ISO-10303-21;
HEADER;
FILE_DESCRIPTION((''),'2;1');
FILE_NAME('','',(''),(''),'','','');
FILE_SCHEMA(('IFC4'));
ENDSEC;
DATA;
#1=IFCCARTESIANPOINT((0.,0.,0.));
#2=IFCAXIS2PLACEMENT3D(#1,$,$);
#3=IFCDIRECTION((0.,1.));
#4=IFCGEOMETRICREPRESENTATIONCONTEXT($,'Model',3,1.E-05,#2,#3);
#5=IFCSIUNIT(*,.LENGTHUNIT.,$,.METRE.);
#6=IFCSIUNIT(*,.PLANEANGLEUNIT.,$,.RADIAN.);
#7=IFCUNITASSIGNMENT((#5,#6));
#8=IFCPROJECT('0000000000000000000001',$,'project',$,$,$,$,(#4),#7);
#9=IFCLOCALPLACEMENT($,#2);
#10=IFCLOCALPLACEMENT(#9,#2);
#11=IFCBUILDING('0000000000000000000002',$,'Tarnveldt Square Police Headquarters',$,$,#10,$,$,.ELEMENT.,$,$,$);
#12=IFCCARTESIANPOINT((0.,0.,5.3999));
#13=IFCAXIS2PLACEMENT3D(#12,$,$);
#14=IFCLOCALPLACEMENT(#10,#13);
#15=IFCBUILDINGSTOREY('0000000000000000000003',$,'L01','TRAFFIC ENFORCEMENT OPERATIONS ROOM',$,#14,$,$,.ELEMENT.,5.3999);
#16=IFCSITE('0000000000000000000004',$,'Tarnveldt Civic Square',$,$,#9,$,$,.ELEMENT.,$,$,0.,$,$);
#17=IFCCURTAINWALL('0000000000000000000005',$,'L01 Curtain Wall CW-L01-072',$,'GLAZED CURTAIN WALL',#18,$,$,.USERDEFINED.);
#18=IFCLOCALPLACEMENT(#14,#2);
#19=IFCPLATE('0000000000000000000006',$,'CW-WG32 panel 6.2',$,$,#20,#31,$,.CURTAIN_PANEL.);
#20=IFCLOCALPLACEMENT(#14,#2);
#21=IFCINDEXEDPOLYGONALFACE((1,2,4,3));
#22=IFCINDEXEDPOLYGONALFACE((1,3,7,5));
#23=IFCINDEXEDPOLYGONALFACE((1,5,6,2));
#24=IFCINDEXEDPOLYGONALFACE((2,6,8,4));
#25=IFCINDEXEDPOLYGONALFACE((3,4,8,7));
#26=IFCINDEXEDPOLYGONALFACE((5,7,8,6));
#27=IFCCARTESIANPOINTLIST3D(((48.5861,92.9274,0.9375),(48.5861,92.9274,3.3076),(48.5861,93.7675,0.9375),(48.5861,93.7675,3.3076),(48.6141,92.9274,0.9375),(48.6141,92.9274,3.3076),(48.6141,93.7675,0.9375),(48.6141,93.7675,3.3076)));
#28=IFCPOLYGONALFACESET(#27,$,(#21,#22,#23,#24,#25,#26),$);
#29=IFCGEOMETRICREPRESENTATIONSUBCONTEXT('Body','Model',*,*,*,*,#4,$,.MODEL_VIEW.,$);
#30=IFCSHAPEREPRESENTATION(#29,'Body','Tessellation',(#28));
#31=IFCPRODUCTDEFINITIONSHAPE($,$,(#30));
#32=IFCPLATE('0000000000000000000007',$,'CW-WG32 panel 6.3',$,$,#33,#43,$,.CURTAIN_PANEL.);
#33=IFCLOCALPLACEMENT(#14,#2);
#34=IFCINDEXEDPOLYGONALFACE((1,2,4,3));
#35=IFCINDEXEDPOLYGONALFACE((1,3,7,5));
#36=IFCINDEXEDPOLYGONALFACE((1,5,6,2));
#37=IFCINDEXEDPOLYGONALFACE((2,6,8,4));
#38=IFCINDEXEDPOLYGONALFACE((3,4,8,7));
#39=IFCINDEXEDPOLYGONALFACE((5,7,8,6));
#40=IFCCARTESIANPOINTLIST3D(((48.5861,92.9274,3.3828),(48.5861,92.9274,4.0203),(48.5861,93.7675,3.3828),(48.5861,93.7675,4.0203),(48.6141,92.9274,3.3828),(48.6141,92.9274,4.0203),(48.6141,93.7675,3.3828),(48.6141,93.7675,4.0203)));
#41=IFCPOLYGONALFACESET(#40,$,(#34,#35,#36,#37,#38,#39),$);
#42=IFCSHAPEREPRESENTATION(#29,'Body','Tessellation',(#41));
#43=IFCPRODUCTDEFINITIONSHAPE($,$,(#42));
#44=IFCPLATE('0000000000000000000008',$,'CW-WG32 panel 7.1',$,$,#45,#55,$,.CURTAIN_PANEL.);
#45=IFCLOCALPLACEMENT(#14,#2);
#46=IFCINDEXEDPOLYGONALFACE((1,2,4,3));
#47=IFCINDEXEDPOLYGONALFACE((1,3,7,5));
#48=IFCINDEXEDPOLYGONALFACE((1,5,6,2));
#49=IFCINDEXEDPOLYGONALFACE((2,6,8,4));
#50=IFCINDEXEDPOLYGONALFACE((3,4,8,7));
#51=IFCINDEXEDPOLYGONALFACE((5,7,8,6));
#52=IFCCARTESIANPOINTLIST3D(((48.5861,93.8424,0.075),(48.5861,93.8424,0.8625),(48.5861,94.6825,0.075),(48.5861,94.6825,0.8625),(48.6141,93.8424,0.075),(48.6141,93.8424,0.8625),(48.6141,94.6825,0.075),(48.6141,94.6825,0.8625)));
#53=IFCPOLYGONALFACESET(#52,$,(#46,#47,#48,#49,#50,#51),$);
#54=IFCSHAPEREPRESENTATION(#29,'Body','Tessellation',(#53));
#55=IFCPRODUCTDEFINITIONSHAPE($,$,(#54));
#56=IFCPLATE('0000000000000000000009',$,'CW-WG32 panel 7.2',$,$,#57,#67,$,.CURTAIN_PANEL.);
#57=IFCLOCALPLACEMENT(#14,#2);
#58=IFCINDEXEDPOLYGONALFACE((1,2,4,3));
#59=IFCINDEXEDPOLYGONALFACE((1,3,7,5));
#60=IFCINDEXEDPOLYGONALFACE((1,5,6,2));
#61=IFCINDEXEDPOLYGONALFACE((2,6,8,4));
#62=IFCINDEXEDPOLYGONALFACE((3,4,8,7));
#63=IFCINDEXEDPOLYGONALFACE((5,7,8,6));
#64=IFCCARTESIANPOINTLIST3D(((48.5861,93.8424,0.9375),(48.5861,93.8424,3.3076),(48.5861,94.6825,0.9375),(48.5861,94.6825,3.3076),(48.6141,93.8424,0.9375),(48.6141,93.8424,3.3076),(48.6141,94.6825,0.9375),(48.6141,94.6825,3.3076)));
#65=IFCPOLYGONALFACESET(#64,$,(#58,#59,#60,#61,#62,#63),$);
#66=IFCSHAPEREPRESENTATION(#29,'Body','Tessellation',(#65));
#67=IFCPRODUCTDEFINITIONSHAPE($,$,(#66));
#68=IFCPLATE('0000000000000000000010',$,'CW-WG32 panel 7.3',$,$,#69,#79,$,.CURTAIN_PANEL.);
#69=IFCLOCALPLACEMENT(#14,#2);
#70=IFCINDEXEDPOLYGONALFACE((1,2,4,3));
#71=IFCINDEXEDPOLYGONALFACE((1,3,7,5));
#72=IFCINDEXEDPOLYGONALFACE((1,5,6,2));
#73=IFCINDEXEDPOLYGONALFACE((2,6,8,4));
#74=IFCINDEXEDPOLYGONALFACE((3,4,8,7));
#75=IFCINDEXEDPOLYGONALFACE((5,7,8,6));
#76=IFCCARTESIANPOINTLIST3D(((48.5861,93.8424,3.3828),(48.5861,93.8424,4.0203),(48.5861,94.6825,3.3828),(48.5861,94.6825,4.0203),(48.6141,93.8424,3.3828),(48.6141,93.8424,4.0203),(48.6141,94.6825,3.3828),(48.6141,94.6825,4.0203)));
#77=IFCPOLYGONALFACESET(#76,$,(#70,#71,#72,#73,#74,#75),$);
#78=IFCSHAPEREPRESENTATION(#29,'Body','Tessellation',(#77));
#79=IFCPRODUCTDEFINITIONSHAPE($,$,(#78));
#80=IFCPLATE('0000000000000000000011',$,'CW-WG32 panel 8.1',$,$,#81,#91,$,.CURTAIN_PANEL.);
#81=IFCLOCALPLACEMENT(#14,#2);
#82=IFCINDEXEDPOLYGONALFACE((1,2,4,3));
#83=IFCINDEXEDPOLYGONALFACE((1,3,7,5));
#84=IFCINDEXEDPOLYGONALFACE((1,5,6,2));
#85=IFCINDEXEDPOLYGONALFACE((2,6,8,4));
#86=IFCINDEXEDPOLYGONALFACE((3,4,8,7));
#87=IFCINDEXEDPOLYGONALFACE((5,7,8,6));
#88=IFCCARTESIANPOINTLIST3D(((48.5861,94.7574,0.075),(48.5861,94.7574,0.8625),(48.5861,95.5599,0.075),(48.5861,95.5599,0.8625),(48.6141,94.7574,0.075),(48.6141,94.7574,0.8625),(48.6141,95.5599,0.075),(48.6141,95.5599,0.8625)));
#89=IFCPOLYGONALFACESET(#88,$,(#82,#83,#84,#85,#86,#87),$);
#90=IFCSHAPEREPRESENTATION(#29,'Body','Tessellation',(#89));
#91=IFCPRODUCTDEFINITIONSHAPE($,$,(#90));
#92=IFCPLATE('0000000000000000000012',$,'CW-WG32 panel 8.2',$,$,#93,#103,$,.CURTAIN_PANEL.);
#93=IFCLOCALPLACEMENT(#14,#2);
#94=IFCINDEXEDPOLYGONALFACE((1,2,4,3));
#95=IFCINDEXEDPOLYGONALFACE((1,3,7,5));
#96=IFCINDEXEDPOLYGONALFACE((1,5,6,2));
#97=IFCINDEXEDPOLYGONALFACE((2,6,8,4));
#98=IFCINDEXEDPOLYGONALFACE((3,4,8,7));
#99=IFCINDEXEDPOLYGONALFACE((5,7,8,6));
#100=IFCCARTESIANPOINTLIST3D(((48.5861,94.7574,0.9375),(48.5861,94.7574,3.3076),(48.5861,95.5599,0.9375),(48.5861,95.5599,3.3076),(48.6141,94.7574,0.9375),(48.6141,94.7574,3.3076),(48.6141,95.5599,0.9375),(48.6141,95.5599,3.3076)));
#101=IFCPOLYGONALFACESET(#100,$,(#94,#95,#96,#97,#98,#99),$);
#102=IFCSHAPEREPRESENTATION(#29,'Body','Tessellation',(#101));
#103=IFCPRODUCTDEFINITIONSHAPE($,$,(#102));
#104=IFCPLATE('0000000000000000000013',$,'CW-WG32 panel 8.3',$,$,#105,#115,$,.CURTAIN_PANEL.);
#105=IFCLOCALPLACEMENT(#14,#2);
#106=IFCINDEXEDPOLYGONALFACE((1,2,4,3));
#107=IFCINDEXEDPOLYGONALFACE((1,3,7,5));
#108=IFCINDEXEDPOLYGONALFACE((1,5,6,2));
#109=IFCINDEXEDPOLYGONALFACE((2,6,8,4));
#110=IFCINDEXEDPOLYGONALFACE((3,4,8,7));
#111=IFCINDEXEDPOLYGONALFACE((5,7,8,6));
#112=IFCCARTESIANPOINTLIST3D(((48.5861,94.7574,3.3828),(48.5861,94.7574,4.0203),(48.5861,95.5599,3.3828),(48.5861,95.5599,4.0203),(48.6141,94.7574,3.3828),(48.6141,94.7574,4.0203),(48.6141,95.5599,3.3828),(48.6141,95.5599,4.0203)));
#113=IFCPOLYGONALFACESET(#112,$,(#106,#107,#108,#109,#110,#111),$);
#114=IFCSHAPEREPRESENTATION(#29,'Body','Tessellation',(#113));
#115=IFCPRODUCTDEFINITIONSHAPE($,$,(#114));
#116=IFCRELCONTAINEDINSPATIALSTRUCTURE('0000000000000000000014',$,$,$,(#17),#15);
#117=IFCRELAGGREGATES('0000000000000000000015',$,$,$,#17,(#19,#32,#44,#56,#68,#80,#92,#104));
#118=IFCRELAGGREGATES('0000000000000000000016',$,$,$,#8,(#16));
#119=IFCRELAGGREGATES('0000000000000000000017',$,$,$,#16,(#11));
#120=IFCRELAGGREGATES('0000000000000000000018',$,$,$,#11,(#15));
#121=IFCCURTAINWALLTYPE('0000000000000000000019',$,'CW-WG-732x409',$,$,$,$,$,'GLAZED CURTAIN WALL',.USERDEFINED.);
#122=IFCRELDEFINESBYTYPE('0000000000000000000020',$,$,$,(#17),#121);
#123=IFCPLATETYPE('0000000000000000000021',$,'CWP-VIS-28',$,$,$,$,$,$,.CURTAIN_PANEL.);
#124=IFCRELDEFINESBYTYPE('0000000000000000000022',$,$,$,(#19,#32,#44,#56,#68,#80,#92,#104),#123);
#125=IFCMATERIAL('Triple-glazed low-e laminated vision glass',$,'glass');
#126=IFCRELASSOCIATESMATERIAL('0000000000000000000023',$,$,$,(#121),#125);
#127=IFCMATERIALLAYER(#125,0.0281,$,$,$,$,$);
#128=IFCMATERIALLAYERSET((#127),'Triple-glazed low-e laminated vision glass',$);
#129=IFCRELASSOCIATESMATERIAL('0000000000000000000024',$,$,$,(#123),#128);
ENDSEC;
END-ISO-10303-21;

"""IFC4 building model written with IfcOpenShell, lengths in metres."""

from ifc_helpers import new_model, si_unit, direction, frame, origin, origin_2d, place, context, subcontext, project, spatial, rectangle, extrude, material, layer, layer_set, type_object, element, aggregate, save


model = new_model("IFC4")

# Units and contexts
model_context = context("Model", 3, precision=1e-05, world=origin(), true_north=direction((0.0, 1.0)))
body_context = subcontext(model_context, "Body", "Model", "MODEL_VIEW")
ifc_project = project(units=[si_unit("LENGTHUNIT", "METRE"), si_unit("PLANEANGLEUNIT", "RADIAN")], contexts=[model_context])

# Site, building, storey
site_placement = place(None, origin())
site = spatial("IfcSite", under=ifc_project, at=site_placement, Name="Tarnveldt Civic Square", CompositionType="ELEMENT", RefElevation=0.0)
building_placement = place(site_placement, origin())
building = spatial("IfcBuilding", under=site, at=building_placement, Name="Tarnveldt Square Police Headquarters", CompositionType="ELEMENT")
storey_placement = place(building_placement, frame((0.0, 0.0, 5.3999)))
storey = spatial("IfcBuildingStorey", under=building, at=storey_placement, Name="L01", Description="TRAFFIC ENFORCEMENT OPERATIONS ROOM", CompositionType="ELEMENT", Elevation=5.3999)

# Curtain wall
ifc_material_1 = material(Name="Triple-glazed low-e laminated vision glass", Category="glass")
curtain_wall_type_1 = type_object("IfcCurtainWallType", Name="CW-WG-732x409", ElementType="GLAZED CURTAIN WALL", PredefinedType="USERDEFINED", material=ifc_material_1)
curtain_wall_1_placement = place(storey_placement, origin())
curtain_wall_1 = element("IfcCurtainWall", 1, at=curtain_wall_1_placement, inside=storey, type_object=curtain_wall_type_1, Name="L01 Curtain Wall CW-L01-072", ObjectType="GLAZED CURTAIN WALL", PredefinedType="USERDEFINED")

# Plates
ifc_layer = layer(ifc_material_1, 0.0281)
ifc_layer_set = layer_set([ifc_layer], Name="Triple-glazed low-e laminated vision glass")
plate_type = type_object("IfcPlateType", Name="CWP-VIS-28", PredefinedType="CURTAIN_PANEL", material=ifc_layer_set)
plate_1_placement = place(storey_placement, frame((48.6001, 93.3474, 0.9375), z_axis=(0.0, 0.0, 1.0), x_axis=(0.0, 1.0, 0.0)))
plate_1 = element("IfcPlate", 2, at=plate_1_placement, type_object=plate_type, Name="CW-WG32 panel 6.2", PredefinedType="CURTAIN_PANEL", context=body_context, shape_type="SweptSolid", body=[
    extrude(rectangle(XDim=0.8401, YDim=0.0281, at=origin_2d()), origin(), (0.0, 0.0, 1.0), 2.3701),
])
plate_2_placement = place(storey_placement, frame((48.6001, 93.3474, 3.3828), z_axis=(0.0, 0.0, 1.0), x_axis=(0.0, 1.0, 0.0)))
plate_2 = element("IfcPlate", 3, at=plate_2_placement, type_object=plate_type, Name="CW-WG32 panel 6.3", PredefinedType="CURTAIN_PANEL", context=body_context, shape_type="SweptSolid", body=[
    extrude(rectangle(XDim=0.8401, YDim=0.0281, at=origin_2d()), origin(), (0.0, 0.0, 1.0), 0.6375),
])
plate_3_placement = place(storey_placement, frame((48.6001, 94.2625, 0.075), z_axis=(0.0, 0.0, 1.0), x_axis=(0.0, 1.0, 0.0)))
plate_3 = element("IfcPlate", 4, at=plate_3_placement, type_object=plate_type, Name="CW-WG32 panel 7.1", PredefinedType="CURTAIN_PANEL", context=body_context, shape_type="SweptSolid", body=[
    extrude(rectangle(XDim=0.8401, YDim=0.0281, at=origin_2d()), origin(), (0.0, 0.0, 1.0), 0.7876),
])
plate_4_placement = place(storey_placement, frame((48.6001, 94.2625, 0.9375), z_axis=(0.0, 0.0, 1.0), x_axis=(0.0, 1.0, 0.0)))
plate_4 = element("IfcPlate", 5, at=plate_4_placement, type_object=plate_type, Name="CW-WG32 panel 7.2", PredefinedType="CURTAIN_PANEL", context=body_context, shape_type="SweptSolid", body=[
    extrude(rectangle(XDim=0.8401, YDim=0.0281, at=origin_2d()), origin(), (0.0, 0.0, 1.0), 2.3701),
])
plate_5_placement = place(storey_placement, frame((48.6001, 94.2625, 3.3828), z_axis=(0.0, 0.0, 1.0), x_axis=(0.0, 1.0, 0.0)))
plate_5 = element("IfcPlate", 6, at=plate_5_placement, type_object=plate_type, Name="CW-WG32 panel 7.3", PredefinedType="CURTAIN_PANEL", context=body_context, shape_type="SweptSolid", body=[
    extrude(rectangle(XDim=0.8401, YDim=0.0281, at=origin_2d()), origin(), (0.0, 0.0, 1.0), 0.6375),
])
plate_6_placement = place(storey_placement, frame((48.6001, 95.1587, 0.075), z_axis=(0.0, 0.0, 1.0), x_axis=(0.0, 1.0, 0.0)))
plate_6 = element("IfcPlate", 7, at=plate_6_placement, type_object=plate_type, Name="CW-WG32 panel 8.1", PredefinedType="CURTAIN_PANEL", context=body_context, shape_type="SweptSolid", body=[
    extrude(rectangle(XDim=0.8025, YDim=0.0281, at=origin_2d()), origin(), (0.0, 0.0, 1.0), 0.7876),
])
plate_7_placement = place(storey_placement, frame((48.6001, 95.1587, 0.9375), z_axis=(0.0, 0.0, 1.0), x_axis=(0.0, 1.0, 0.0)))
plate_7 = element("IfcPlate", 8, at=plate_7_placement, type_object=plate_type, Name="CW-WG32 panel 8.2", PredefinedType="CURTAIN_PANEL", context=body_context, shape_type="SweptSolid", body=[
    extrude(rectangle(XDim=0.8025, YDim=0.0281, at=origin_2d()), origin(), (0.0, 0.0, 1.0), 2.3701),
])
plate_8_placement = place(storey_placement, frame((48.6001, 95.1587, 3.3828), z_axis=(0.0, 0.0, 1.0), x_axis=(0.0, 1.0, 0.0)))
plate_8 = element("IfcPlate", 9, at=plate_8_placement, type_object=plate_type, Name="CW-WG32 panel 8.3", PredefinedType="CURTAIN_PANEL", context=body_context, shape_type="SweptSolid", body=[
    extrude(rectangle(XDim=0.8025, YDim=0.0281, at=origin_2d()), origin(), (0.0, 0.0, 1.0), 0.6375),
])
aggregate(curtain_wall_1, [plate_1, plate_2, plate_3, plate_4, plate_5, plate_6, plate_7, plate_8])

save(model, "model.ifc")
